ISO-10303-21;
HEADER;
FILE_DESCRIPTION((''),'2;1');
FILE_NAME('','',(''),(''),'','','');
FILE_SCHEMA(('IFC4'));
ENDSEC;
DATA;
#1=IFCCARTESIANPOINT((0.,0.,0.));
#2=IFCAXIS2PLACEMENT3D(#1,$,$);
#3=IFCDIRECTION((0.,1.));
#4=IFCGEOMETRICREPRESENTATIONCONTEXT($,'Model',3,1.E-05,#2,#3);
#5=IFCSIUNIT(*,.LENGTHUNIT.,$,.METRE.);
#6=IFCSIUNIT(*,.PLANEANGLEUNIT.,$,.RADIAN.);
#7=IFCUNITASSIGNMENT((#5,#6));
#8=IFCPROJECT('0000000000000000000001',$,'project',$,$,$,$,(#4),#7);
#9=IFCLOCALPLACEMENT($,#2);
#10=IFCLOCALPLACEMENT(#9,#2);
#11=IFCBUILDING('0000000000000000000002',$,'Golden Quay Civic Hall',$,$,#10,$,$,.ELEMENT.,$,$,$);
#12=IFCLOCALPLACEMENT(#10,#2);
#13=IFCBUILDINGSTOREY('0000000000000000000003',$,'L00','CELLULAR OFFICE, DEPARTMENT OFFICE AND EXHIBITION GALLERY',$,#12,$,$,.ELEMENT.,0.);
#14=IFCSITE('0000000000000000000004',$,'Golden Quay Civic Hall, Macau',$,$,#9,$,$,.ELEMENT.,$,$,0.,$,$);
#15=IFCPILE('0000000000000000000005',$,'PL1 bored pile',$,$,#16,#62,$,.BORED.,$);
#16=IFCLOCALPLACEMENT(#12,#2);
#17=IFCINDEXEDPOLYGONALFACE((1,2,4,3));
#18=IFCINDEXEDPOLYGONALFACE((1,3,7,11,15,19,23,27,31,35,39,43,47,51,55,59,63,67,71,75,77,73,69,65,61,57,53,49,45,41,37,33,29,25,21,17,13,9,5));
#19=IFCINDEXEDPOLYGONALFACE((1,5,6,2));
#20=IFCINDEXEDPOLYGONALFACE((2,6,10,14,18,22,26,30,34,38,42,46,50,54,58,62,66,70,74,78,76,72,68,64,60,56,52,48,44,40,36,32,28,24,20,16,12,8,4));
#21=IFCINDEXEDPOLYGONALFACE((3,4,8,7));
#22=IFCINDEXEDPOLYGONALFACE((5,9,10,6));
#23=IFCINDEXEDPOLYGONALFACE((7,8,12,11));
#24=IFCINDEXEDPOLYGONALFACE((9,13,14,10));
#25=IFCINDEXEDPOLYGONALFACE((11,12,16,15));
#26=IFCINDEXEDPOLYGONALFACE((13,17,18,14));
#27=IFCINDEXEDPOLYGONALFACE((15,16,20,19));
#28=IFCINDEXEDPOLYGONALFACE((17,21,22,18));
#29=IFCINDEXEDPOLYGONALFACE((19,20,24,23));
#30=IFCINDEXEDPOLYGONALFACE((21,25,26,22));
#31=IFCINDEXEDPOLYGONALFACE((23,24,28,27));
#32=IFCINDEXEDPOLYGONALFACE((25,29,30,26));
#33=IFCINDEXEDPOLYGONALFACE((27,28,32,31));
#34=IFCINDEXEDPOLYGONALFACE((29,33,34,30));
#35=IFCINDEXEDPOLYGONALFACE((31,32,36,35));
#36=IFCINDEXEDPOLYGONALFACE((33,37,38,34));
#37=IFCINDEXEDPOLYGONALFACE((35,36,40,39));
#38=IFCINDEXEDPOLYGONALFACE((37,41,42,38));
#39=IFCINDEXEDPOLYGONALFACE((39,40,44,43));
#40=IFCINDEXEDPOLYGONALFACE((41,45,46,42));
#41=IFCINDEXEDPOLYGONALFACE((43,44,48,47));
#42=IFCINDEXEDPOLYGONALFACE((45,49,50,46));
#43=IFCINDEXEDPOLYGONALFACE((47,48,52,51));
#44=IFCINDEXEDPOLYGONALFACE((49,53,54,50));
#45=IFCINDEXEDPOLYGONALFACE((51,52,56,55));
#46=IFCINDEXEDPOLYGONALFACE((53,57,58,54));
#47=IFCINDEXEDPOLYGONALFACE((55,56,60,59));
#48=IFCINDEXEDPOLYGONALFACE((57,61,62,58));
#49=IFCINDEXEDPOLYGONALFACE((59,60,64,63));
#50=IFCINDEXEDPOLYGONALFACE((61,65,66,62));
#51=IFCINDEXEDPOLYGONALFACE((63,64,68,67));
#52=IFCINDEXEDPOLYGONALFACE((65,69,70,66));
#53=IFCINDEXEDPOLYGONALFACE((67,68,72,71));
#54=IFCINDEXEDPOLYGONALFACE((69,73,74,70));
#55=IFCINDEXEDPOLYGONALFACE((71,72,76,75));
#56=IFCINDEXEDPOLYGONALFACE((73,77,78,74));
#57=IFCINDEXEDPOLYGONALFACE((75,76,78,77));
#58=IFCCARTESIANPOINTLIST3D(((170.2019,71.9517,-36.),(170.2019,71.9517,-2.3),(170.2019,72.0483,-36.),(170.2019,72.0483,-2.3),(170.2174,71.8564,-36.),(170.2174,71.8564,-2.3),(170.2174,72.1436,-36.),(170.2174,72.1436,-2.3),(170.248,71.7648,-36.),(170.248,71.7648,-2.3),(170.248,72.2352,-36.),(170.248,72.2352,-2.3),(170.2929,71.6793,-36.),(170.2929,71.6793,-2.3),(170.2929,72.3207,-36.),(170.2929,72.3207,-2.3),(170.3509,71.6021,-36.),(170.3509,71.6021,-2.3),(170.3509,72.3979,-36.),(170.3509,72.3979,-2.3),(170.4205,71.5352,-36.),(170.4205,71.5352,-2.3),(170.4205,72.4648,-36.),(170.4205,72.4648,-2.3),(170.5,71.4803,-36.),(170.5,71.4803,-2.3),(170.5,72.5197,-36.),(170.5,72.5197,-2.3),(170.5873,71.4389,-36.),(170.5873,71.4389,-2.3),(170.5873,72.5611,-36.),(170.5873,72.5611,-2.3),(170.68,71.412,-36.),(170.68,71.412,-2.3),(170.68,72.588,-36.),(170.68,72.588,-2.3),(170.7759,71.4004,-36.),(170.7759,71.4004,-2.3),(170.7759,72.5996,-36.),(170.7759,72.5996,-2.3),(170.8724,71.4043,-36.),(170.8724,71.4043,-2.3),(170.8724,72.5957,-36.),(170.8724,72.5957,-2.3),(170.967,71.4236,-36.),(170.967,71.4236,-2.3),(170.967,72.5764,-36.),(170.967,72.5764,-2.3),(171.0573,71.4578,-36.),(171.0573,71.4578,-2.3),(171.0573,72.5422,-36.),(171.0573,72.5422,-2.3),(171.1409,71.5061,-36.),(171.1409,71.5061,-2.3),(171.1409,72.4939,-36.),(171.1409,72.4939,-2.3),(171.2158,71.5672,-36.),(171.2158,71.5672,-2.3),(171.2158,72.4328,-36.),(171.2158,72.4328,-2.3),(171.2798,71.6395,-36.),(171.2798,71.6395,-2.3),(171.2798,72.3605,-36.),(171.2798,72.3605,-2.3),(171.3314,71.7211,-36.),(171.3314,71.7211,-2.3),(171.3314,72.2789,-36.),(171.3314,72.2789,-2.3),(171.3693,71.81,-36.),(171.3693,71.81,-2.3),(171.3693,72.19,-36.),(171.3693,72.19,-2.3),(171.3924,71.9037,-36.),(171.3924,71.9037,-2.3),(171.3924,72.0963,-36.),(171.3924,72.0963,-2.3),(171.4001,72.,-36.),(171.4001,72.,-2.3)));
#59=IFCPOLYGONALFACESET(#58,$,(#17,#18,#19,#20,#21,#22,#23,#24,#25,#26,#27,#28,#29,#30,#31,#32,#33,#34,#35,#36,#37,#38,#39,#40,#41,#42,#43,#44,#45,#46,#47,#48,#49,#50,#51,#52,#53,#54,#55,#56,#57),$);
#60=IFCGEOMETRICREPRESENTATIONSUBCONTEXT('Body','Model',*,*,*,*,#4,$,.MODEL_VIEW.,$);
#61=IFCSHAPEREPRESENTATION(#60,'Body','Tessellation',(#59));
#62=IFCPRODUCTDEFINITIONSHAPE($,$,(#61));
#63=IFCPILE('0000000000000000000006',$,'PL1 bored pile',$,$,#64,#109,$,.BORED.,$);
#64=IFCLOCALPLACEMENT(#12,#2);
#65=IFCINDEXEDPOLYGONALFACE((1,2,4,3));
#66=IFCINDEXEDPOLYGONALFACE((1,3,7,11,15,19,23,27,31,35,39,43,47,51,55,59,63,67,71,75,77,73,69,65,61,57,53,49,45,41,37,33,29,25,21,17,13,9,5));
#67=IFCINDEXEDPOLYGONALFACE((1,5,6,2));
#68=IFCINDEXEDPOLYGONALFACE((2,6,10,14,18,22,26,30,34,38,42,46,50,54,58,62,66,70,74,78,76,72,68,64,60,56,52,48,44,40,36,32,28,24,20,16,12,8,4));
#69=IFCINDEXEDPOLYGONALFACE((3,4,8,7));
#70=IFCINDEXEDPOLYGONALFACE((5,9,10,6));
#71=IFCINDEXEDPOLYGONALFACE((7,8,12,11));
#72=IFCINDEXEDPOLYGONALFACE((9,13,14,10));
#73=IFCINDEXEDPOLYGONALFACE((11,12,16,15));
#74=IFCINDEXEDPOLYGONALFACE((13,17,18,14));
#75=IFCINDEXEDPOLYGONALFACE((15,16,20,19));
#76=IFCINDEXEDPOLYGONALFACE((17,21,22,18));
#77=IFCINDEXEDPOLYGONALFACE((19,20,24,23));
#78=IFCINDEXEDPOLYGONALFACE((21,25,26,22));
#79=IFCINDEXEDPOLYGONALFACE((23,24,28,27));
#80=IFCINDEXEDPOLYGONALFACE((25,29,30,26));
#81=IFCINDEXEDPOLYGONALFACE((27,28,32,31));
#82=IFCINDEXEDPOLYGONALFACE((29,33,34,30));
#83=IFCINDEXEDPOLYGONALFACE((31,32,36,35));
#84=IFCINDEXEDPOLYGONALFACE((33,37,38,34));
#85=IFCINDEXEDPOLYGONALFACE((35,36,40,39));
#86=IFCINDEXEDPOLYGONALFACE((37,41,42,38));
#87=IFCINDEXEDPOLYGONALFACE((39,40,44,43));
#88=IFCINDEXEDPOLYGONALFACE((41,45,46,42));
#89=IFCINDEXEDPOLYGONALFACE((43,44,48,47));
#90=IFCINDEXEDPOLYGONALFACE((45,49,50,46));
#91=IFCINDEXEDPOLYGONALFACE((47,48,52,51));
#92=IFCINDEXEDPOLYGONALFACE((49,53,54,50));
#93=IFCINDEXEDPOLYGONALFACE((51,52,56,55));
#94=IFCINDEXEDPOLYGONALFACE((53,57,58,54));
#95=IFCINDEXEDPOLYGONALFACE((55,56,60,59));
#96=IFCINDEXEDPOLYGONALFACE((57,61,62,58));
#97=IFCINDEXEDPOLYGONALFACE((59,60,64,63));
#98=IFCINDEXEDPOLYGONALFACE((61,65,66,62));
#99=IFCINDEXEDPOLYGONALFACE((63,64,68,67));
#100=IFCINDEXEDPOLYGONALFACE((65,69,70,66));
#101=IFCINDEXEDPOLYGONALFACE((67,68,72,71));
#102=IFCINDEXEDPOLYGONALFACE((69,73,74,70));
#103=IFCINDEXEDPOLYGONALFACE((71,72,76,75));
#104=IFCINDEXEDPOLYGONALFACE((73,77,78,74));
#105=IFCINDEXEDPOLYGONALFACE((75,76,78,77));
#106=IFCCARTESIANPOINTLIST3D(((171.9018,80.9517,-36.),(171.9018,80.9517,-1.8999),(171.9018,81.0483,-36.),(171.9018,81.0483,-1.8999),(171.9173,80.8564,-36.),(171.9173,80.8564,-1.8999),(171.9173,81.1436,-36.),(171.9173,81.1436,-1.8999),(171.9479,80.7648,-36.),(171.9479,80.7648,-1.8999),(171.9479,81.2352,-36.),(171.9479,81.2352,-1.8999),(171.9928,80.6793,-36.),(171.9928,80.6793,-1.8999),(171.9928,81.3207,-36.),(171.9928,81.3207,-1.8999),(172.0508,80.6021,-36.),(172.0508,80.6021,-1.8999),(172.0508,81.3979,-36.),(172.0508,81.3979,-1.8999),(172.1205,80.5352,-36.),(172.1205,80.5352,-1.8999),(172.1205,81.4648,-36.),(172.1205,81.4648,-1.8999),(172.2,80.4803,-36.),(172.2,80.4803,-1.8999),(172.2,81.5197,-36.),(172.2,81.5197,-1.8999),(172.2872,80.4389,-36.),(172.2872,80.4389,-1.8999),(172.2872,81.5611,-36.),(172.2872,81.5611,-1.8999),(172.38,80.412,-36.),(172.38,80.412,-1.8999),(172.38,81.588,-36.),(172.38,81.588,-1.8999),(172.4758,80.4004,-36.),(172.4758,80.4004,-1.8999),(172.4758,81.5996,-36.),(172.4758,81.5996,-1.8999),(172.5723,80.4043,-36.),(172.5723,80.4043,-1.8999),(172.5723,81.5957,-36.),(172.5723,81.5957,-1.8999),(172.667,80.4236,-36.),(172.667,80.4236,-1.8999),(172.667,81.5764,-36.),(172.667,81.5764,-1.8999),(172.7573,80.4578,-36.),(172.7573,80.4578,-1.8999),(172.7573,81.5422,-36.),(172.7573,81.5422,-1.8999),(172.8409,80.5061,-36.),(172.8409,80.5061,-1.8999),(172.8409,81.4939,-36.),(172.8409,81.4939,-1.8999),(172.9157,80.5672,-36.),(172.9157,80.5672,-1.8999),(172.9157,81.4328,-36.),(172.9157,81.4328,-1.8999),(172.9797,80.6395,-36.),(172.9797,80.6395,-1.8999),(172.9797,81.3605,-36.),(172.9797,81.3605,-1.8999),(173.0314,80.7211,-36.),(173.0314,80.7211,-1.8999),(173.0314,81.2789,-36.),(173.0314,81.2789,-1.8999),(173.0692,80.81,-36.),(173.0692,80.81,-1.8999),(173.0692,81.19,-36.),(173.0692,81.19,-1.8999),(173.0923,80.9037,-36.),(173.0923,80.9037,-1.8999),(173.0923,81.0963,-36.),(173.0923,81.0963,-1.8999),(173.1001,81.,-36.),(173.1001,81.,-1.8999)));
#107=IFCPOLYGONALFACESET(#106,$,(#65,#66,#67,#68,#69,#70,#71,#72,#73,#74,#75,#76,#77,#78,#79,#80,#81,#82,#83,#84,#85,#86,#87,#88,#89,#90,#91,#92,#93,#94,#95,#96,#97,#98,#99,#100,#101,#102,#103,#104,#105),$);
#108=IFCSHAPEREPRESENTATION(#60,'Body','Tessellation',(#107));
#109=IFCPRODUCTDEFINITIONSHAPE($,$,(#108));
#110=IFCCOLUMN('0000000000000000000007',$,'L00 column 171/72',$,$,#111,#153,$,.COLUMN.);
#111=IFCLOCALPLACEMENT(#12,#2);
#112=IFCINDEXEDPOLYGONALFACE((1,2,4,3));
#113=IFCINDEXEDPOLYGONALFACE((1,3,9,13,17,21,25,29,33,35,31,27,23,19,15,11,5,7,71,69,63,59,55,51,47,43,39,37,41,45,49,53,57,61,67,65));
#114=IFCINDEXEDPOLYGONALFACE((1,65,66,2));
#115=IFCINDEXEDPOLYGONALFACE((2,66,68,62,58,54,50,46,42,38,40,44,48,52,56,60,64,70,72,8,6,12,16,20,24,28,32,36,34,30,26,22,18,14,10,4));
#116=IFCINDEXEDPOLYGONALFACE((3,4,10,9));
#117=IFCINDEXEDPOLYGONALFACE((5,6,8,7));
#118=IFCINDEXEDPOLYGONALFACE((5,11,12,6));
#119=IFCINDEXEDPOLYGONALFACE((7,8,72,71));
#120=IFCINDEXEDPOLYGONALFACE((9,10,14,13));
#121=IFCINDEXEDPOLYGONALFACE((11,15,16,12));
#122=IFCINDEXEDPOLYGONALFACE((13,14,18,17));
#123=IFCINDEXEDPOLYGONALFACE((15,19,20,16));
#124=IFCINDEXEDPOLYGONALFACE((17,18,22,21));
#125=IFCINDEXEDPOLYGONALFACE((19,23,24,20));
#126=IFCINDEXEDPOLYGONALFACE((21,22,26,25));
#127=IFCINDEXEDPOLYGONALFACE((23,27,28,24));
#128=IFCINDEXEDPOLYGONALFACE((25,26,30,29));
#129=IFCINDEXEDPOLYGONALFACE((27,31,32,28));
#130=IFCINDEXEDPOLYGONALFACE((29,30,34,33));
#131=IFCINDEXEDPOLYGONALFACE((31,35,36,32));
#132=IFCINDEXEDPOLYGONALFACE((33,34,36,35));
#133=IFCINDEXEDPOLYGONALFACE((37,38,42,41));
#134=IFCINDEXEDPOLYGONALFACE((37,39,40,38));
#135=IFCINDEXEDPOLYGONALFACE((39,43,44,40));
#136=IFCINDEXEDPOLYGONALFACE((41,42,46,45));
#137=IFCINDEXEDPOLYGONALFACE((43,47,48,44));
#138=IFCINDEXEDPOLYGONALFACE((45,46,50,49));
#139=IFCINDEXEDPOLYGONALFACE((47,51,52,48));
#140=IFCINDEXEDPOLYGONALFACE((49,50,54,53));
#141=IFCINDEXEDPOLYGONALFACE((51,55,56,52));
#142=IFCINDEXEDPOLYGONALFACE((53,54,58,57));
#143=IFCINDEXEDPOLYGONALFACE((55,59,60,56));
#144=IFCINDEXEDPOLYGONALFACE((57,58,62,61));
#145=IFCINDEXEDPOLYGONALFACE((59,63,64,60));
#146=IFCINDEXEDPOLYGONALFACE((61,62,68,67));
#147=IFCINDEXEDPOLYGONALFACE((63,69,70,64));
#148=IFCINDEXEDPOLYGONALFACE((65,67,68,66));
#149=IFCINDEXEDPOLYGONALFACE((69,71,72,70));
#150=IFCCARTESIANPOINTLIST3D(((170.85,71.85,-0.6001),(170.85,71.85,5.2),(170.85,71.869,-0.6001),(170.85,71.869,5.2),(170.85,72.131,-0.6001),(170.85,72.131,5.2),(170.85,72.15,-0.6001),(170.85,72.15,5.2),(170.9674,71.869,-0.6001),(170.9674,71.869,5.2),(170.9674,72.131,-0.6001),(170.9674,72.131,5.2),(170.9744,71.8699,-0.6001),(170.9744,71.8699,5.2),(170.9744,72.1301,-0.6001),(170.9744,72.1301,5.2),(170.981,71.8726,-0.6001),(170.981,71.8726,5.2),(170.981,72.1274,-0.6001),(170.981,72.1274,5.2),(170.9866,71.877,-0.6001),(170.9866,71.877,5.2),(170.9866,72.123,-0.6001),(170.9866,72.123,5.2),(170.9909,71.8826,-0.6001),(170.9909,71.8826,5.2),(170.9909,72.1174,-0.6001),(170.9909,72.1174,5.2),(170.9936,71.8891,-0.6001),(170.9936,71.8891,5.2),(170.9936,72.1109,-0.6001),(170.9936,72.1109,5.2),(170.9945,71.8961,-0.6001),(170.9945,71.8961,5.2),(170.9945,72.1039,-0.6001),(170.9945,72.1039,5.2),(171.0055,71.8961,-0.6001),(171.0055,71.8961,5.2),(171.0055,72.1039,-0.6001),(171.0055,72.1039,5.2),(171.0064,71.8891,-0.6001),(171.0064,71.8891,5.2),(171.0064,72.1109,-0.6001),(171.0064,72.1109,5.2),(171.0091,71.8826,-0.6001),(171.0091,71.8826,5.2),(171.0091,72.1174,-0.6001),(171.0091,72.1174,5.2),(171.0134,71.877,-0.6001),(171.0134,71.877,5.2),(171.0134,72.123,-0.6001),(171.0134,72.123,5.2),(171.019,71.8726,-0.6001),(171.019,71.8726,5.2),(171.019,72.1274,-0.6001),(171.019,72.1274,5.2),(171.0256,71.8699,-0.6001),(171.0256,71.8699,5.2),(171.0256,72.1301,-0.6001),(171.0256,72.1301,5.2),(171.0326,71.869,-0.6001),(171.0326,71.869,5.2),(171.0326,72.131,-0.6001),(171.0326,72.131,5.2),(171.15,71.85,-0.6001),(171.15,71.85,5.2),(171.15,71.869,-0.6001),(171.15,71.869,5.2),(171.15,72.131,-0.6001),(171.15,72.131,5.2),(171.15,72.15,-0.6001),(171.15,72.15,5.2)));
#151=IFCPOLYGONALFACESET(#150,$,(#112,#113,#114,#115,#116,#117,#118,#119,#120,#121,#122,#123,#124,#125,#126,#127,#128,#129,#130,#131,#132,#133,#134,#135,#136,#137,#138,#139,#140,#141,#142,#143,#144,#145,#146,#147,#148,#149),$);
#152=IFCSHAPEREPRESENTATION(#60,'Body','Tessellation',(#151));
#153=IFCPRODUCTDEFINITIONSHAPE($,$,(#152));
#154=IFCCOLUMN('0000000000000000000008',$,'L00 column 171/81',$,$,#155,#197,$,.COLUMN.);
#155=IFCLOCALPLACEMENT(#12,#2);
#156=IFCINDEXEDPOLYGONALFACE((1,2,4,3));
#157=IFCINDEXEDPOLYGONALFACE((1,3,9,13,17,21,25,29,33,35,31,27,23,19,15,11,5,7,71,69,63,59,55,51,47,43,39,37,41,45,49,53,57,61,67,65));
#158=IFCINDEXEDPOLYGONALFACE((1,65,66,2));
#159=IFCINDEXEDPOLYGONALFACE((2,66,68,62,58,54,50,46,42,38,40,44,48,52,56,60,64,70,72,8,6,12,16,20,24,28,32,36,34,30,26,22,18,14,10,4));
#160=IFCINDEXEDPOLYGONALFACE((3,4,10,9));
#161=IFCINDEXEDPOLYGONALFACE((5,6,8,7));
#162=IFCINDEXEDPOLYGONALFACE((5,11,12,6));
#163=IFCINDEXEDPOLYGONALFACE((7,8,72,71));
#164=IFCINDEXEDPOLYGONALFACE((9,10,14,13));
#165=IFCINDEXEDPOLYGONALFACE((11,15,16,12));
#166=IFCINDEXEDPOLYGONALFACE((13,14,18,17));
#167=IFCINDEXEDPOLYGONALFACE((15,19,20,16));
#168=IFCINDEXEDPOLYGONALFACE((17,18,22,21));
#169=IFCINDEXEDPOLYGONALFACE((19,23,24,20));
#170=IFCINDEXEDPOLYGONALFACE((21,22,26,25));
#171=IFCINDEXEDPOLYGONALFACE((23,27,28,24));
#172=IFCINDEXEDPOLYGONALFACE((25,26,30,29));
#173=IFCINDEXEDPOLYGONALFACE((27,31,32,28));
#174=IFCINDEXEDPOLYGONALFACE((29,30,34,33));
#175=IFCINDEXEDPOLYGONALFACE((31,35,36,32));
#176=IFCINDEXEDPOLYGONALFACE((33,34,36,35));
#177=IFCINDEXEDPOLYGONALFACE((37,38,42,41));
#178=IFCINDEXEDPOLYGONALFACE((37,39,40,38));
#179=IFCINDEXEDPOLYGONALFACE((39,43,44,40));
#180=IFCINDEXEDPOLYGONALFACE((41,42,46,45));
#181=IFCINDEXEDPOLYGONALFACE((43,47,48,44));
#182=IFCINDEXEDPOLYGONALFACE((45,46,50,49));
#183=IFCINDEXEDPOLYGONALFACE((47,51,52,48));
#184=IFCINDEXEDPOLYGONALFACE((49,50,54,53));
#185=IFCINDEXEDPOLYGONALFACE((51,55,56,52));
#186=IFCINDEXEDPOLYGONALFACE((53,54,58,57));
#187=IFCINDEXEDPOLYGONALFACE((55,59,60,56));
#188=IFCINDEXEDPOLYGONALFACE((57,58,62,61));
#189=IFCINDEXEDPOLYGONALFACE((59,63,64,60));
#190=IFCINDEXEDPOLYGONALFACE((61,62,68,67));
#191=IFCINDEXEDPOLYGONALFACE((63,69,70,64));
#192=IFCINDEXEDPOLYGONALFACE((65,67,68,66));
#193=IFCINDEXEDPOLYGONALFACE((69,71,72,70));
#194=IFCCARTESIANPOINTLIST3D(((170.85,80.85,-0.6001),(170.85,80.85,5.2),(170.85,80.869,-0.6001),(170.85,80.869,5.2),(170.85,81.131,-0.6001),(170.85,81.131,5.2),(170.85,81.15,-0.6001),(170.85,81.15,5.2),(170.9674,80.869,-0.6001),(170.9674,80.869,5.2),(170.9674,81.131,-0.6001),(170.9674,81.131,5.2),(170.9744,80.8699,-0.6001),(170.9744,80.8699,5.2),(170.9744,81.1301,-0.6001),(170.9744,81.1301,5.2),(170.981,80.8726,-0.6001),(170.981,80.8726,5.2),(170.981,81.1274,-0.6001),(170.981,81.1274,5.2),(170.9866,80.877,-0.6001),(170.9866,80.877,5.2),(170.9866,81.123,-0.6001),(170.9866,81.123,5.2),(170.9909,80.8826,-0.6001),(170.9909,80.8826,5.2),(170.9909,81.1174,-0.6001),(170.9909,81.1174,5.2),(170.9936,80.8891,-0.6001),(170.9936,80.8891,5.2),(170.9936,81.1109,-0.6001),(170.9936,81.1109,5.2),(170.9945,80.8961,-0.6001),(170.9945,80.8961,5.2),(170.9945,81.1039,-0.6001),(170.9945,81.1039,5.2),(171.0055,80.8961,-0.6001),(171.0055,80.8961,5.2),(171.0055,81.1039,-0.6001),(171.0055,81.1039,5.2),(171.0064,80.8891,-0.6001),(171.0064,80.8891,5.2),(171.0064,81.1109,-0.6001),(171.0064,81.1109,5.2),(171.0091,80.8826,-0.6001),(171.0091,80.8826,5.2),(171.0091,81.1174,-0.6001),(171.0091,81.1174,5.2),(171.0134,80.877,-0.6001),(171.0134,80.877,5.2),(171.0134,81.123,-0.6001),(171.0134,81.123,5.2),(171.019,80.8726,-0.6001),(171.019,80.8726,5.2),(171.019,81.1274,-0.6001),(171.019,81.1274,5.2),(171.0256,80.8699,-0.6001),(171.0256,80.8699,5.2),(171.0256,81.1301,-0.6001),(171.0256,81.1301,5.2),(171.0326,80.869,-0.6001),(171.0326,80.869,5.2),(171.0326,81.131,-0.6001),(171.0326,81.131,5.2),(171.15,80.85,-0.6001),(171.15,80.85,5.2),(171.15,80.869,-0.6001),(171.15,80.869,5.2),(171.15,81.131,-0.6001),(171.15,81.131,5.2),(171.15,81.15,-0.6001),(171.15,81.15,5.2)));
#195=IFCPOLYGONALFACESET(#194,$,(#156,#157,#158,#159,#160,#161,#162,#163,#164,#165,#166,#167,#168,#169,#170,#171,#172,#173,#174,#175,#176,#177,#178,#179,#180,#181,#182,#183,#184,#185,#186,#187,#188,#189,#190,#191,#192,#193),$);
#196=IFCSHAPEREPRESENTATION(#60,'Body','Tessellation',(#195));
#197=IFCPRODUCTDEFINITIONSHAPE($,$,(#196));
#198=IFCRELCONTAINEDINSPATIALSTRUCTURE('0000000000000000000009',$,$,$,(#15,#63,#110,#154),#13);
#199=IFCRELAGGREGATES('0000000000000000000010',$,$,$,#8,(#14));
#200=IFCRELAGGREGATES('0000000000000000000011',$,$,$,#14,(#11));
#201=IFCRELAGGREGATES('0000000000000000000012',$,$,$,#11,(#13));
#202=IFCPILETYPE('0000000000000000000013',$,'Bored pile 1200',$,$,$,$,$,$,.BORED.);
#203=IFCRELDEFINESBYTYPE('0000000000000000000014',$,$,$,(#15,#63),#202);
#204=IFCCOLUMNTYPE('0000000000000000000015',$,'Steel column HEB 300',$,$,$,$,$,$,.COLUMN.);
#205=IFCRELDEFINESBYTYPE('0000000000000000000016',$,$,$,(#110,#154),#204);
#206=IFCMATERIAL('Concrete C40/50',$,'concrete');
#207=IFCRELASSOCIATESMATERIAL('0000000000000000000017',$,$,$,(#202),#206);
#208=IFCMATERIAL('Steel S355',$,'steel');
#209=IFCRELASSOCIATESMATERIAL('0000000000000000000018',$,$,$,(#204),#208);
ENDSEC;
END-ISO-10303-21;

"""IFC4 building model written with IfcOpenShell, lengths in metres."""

from ifc_helpers import new_model, si_unit, direction, frame, origin, origin_2d, place, context, subcontext, project, spatial, circle, i_section, extrude, material, material_profile, profile_set, type_object, element, save


model = new_model("IFC4")

# Units and contexts
model_context = context("Model", 3, precision=1e-05, world=origin(), true_north=direction((0.0, 1.0)))
body_context = subcontext(model_context, "Body", "Model", "MODEL_VIEW")
ifc_project = project(units=[si_unit("LENGTHUNIT", "METRE"), si_unit("PLANEANGLEUNIT", "RADIAN")], contexts=[model_context])

# Site, building, storey
site_placement = place(None, origin())
site = spatial("IfcSite", under=ifc_project, at=site_placement, Name="Golden Quay Civic Hall, Macau", CompositionType="ELEMENT", RefElevation=0.0)
building_placement = place(site_placement, origin())
building = spatial("IfcBuilding", under=site, at=building_placement, Name="Golden Quay Civic Hall", CompositionType="ELEMENT")
storey_placement = place(building_placement, origin())
storey = spatial("IfcBuildingStorey", under=building, at=storey_placement, Name="L00", Description="CELLULAR OFFICE, DEPARTMENT OFFICE AND EXHIBITION GALLERY", CompositionType="ELEMENT", Elevation=0.0)

# Piles
ifc_material_1 = material(Name="Concrete C40/50", Category="concrete")
ifc_material_profile_1 = material_profile(ifc_material_1, circle(Radius=0.6001, at=origin_2d()), Name="RC D1200")
ifc_profile_set_1 = profile_set([ifc_material_profile_1], Name="Concrete C40/50")
pile_type = type_object("IfcPileType", Name="Bored pile 1200", PredefinedType="BORED", material=ifc_profile_set_1)
pile_1_placement = place(storey_placement, frame((170.8, 72.0, -2.3), z_axis=(0.0, 0.0, -1.0), x_axis=(1.0, 0.0, 0.0)))
element("IfcPile", 1, at=pile_1_placement, inside=storey, type_object=pile_type, Name="PL1 bored pile", PredefinedType="BORED", context=body_context, shape_type="SweptSolid", body=[
    extrude(circle(Radius=0.6001, at=origin_2d()), origin(), (0.0, 0.0, 1.0), 33.7),
])
pile_2_placement = place(storey_placement, frame((172.5, 81.0, -1.8999), z_axis=(0.0, 0.0, -1.0), x_axis=(1.0, 0.0, 0.0)))
element("IfcPile", 2, at=pile_2_placement, inside=storey, type_object=pile_type, Name="PL1 bored pile", PredefinedType="BORED", context=body_context, shape_type="SweptSolid", body=[
    extrude(circle(Radius=0.6001, at=origin_2d()), origin(), (0.0, 0.0, 1.0), 34.1001),
])

# Columns
ifc_material_2 = material(Name="Steel S355", Category="steel")
ifc_material_profile_2 = material_profile(ifc_material_2, i_section(OverallWidth=0.3, OverallDepth=0.3, WebThickness=0.011, FlangeThickness=0.019, FilletRadius=0.0271, at=origin_2d()), Name="HEB 300")
ifc_profile_set_2 = profile_set([ifc_material_profile_2], Name="Steel S355")
column_type = type_object("IfcColumnType", Name="Steel column HEB 300", PredefinedType="COLUMN", material=ifc_profile_set_2)
for number, where, z_axis, x_axis, name in (
    (3, (171.0, 72.0, -0.6001), (0.0, 0.0, 1.0), (1.0, 0.0, 0.0), "L00 column 171/72"),
    (4, (171.0, 81.0, -0.6001), (0.0, 0.0, 1.0), (1.0, 0.0, 0.0), "L00 column 171/81"),
):
    element("IfcColumn", number, at=place(storey_placement, frame(where, z_axis=z_axis, x_axis=x_axis)), inside=storey, type_object=column_type, Name=name, PredefinedType="COLUMN", context=body_context, shape_type="SweptSolid", body=[
        extrude(i_section(OverallWidth=0.3, OverallDepth=0.3, WebThickness=0.011, FlangeThickness=0.019, FilletRadius=0.0271, at=origin_2d()), origin(), (0.0, 0.0, 1.0), 5.8),
    ])

save(model, "model.ifc")
